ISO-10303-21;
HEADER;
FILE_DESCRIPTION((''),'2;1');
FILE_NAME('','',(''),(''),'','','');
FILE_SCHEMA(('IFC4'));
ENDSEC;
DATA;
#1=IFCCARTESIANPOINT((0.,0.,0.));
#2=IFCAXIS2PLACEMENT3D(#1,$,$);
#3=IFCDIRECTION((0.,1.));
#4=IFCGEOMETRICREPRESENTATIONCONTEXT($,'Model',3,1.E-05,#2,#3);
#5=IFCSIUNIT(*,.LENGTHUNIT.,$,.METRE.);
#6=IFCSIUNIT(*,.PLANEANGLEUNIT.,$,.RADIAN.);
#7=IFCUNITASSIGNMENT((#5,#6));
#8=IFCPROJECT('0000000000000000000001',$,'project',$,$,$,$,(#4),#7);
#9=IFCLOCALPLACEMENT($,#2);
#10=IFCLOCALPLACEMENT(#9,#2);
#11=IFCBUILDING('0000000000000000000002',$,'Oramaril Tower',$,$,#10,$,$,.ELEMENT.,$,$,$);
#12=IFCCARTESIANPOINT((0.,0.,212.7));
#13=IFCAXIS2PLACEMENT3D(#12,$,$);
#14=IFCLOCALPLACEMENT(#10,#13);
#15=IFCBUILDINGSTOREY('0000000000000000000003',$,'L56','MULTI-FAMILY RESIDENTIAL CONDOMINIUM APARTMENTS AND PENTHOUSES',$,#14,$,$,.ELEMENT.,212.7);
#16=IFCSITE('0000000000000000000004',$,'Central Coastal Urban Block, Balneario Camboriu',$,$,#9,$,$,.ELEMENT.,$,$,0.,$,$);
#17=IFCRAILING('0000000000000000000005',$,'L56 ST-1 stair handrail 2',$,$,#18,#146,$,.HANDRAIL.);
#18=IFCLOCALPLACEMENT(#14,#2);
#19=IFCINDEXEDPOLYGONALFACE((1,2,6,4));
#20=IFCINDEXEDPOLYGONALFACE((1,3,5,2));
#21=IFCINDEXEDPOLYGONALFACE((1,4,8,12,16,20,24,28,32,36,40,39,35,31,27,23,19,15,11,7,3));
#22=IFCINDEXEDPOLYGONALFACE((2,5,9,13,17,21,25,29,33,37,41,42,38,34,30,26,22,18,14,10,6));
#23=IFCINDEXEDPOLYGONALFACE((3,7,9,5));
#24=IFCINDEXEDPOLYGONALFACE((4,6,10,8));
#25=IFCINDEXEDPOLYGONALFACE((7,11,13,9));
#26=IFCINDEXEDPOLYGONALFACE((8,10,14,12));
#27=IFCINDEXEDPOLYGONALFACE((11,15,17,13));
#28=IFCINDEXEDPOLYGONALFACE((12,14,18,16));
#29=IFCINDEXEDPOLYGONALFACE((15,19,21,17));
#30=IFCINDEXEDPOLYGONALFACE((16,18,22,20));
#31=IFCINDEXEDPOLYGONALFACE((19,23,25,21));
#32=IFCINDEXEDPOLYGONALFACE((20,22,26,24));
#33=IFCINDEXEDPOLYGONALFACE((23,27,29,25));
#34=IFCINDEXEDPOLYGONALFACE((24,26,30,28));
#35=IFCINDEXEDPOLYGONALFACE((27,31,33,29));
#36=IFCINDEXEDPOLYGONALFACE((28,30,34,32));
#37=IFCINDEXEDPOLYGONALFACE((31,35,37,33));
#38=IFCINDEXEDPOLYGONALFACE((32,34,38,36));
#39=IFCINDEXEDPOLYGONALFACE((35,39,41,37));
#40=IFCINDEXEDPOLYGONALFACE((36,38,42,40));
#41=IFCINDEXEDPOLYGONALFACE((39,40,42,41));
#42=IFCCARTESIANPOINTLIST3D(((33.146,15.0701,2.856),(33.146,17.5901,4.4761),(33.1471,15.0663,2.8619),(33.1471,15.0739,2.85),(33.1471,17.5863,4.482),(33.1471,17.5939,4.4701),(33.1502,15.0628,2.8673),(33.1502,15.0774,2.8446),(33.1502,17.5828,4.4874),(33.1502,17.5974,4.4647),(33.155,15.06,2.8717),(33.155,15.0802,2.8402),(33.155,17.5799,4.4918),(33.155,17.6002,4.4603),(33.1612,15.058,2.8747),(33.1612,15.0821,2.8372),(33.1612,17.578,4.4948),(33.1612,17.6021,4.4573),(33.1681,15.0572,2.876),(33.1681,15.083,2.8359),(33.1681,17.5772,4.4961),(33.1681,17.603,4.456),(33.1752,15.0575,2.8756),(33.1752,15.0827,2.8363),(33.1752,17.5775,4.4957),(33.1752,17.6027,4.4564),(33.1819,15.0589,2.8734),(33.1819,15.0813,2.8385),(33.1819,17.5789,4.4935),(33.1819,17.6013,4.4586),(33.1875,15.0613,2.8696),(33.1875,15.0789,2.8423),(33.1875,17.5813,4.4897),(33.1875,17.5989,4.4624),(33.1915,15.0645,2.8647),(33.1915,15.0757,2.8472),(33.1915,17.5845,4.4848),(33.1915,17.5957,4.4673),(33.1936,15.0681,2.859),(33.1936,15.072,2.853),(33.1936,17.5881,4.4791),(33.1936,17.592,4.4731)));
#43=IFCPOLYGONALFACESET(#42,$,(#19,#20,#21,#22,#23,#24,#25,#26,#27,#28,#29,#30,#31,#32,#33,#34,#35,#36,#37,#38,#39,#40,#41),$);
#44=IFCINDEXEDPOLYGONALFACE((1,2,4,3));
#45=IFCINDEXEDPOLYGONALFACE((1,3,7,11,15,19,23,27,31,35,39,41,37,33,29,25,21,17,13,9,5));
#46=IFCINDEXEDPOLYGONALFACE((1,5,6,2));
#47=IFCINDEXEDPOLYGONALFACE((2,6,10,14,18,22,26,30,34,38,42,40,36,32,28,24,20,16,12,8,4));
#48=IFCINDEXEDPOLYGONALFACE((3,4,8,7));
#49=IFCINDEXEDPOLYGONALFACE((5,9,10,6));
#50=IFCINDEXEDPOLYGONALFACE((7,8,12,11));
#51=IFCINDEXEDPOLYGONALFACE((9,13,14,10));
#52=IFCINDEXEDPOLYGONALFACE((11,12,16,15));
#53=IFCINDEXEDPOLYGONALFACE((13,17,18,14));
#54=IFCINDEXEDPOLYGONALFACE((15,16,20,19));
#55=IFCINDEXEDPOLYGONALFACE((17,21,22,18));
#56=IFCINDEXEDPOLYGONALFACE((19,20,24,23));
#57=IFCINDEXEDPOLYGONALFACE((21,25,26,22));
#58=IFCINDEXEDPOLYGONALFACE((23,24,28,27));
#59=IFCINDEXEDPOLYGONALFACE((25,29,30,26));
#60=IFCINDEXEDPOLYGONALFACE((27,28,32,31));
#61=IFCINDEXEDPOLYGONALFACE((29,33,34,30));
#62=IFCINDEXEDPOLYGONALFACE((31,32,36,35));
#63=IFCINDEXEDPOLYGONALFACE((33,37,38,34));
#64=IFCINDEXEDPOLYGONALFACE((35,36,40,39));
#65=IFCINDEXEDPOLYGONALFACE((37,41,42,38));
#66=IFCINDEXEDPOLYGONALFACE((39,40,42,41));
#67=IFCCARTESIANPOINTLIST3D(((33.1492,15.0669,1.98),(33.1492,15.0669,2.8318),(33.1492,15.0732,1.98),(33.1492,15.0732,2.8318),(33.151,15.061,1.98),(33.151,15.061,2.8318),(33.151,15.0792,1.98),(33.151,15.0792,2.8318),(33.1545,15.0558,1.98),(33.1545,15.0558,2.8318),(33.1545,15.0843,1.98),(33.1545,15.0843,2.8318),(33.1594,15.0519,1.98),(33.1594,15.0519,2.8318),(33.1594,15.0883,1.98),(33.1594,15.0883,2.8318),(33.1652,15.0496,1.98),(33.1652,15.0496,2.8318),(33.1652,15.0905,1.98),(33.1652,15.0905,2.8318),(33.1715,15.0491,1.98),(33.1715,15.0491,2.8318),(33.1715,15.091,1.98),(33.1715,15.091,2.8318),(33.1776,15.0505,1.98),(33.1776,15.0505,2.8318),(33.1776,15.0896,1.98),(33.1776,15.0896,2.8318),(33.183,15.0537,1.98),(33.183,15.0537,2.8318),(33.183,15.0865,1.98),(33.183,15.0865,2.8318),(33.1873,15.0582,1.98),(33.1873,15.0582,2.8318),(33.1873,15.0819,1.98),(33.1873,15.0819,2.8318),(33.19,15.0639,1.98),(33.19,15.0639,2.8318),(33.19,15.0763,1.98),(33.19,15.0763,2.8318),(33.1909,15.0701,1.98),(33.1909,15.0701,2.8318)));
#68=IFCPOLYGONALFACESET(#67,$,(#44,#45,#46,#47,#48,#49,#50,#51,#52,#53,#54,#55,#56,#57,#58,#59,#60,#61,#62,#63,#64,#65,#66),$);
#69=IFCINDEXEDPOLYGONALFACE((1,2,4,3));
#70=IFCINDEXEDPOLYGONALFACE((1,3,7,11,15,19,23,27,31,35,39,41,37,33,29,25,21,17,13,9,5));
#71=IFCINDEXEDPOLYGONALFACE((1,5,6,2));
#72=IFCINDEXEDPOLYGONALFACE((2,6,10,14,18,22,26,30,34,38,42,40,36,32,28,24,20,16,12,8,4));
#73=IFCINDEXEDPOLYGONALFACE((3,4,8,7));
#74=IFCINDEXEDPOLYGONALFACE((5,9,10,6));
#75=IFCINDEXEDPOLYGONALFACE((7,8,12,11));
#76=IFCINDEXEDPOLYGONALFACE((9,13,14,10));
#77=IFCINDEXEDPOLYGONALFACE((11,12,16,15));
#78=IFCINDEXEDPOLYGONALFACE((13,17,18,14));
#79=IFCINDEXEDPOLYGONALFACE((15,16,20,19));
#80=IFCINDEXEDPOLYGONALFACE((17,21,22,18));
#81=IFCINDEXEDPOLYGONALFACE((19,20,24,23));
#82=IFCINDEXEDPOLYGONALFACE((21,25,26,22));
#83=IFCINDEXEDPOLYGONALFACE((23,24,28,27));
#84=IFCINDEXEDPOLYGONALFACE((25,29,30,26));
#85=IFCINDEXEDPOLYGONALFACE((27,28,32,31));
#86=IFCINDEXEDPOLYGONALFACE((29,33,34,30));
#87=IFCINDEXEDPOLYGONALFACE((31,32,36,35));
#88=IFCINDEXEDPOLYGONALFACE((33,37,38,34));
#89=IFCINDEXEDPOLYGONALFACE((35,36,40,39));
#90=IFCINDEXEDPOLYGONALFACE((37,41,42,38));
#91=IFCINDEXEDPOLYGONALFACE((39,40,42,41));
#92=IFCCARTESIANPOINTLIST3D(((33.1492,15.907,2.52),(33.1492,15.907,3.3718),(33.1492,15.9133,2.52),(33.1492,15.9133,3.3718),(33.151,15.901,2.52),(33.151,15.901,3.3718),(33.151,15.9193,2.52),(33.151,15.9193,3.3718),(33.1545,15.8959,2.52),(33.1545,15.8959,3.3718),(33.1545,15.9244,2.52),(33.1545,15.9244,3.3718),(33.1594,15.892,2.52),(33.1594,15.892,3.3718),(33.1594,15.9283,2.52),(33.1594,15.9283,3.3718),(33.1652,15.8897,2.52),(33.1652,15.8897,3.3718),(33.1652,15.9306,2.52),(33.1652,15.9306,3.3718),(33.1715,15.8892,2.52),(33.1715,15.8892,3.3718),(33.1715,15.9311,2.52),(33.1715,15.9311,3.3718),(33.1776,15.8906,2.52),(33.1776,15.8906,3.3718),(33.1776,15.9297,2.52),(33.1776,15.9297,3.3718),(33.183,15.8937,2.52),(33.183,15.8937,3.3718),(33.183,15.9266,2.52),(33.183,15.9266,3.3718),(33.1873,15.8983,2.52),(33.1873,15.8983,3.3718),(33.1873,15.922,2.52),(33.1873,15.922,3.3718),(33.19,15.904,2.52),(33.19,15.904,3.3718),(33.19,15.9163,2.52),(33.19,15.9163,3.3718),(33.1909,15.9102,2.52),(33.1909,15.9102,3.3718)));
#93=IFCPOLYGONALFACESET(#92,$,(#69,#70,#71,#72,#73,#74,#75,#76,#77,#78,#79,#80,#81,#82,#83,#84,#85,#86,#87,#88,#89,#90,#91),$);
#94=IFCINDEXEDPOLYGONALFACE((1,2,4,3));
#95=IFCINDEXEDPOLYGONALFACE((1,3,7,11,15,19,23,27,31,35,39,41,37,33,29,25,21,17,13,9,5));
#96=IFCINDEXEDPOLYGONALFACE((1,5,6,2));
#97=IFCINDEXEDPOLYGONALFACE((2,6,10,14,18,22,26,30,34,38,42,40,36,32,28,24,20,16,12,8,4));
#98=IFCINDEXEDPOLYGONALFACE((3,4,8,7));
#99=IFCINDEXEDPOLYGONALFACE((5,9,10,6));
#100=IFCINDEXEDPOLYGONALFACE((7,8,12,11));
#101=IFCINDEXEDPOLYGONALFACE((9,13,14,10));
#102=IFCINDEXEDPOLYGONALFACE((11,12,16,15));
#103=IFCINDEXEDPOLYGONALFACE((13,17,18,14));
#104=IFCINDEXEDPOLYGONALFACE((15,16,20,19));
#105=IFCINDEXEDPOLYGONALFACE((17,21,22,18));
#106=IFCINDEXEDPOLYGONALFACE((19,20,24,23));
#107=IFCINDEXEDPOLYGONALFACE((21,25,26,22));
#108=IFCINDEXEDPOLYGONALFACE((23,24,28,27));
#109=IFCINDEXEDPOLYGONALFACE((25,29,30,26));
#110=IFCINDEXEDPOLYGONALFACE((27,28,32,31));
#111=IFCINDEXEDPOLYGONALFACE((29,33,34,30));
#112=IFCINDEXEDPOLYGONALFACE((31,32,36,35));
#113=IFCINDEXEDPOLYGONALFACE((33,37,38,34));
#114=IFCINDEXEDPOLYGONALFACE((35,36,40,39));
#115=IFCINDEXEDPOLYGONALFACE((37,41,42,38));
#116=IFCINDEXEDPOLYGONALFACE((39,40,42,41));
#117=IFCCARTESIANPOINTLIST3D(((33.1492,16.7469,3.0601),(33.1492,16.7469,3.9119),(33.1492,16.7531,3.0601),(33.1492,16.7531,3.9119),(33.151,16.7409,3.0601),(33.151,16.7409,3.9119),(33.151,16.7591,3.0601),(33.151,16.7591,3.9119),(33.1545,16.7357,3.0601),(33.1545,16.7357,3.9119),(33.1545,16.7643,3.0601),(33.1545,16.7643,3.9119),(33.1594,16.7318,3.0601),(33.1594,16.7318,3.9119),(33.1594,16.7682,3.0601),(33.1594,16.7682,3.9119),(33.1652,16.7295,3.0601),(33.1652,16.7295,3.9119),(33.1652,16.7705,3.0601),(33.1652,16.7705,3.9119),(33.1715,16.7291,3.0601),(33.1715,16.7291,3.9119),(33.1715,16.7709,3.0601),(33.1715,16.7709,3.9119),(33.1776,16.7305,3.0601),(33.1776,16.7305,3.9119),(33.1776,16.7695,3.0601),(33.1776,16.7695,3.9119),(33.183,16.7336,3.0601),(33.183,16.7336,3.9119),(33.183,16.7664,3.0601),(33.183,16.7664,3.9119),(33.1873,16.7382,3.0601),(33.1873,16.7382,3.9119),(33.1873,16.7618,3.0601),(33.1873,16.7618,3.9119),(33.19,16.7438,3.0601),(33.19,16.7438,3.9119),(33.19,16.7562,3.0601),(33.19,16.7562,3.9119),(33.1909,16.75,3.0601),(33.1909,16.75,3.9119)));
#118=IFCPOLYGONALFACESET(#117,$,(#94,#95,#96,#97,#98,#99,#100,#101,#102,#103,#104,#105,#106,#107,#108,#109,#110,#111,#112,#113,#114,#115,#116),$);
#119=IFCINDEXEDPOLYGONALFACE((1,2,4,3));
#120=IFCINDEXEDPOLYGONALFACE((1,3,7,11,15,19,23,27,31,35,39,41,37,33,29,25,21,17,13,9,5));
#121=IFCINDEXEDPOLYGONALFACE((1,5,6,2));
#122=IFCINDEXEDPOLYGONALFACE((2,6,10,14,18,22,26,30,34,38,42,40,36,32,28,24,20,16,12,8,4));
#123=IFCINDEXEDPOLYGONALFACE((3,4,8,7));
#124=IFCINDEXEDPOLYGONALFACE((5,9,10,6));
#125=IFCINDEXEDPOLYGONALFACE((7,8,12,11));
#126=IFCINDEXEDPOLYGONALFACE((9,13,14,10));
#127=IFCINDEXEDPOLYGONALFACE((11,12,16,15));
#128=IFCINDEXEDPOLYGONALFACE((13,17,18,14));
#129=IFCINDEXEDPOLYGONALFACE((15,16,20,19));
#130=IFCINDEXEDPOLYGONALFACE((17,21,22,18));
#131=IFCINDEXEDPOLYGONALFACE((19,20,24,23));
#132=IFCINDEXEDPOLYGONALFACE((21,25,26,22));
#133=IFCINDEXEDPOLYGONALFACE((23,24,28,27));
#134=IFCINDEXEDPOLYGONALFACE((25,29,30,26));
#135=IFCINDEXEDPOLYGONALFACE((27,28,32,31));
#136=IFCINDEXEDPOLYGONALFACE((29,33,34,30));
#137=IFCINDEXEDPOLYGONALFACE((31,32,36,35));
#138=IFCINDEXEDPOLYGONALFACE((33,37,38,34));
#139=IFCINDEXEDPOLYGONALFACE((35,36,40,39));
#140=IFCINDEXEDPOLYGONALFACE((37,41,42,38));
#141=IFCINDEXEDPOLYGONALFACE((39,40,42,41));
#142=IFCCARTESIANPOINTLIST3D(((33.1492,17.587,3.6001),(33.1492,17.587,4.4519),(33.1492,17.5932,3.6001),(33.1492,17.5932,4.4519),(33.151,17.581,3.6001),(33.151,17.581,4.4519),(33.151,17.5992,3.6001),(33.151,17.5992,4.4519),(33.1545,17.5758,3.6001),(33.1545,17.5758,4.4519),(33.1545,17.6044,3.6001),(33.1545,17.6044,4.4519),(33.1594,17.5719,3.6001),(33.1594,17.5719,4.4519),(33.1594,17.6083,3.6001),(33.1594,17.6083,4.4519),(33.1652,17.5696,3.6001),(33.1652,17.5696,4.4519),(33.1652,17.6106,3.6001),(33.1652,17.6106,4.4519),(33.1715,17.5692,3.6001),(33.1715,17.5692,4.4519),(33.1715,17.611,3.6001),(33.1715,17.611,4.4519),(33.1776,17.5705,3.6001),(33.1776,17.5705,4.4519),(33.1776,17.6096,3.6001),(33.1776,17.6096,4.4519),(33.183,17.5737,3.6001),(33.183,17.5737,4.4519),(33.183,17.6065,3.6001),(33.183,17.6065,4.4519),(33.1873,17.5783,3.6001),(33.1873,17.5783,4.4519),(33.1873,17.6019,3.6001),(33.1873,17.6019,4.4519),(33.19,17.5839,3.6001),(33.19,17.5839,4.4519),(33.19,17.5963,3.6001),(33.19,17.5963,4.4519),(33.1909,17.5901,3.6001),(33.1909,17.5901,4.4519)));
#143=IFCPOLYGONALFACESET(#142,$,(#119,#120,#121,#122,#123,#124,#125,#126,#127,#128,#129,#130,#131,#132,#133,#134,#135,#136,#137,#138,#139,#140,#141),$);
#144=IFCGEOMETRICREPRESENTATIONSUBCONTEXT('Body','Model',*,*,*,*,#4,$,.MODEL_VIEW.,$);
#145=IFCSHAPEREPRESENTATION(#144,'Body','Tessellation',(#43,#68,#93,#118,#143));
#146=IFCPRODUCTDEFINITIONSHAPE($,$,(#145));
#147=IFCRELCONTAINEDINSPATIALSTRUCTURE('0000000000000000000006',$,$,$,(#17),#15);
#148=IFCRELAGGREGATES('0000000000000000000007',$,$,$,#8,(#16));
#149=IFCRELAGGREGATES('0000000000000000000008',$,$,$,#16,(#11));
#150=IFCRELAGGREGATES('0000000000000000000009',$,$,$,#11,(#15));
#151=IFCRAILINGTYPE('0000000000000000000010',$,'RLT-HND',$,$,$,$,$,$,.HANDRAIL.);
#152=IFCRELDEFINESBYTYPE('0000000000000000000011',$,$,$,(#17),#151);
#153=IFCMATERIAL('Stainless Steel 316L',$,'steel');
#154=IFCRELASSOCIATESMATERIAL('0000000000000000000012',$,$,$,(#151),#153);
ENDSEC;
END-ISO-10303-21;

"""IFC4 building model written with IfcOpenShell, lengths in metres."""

from ifc_helpers import new_model, si_unit, direction, frame, origin, origin_2d, place, context, subcontext, project, spatial, circle, extrude, material, type_object, element, save


model = new_model("IFC4")

# Units and contexts
model_context = context("Model", 3, precision=1e-05, world=origin(), true_north=direction((0.0, 1.0)))
body_context = subcontext(model_context, "Body", "Model", "MODEL_VIEW")
ifc_project = project(units=[si_unit("LENGTHUNIT", "METRE"), si_unit("PLANEANGLEUNIT", "RADIAN")], contexts=[model_context])

# Site, building, storey
site_placement = place(None, origin())
site = spatial("IfcSite", under=ifc_project, at=site_placement, Name="Central Coastal Urban Block, Balneario Camboriu", CompositionType="ELEMENT", RefElevation=0.0)
building_placement = place(site_placement, origin())
building = spatial("IfcBuilding", under=site, at=building_placement, Name="Oramaril Tower", CompositionType="ELEMENT")
storey_placement = place(building_placement, frame((0.0, 0.0, 212.7)))
storey = spatial("IfcBuildingStorey", under=building, at=storey_placement, Name="L56", Description="MULTI-FAMILY RESIDENTIAL CONDOMINIUM APARTMENTS AND PENTHOUSES", CompositionType="ELEMENT", Elevation=212.7)

# Railing
ifc_material_1 = material(Name="Stainless Steel 316L", Category="steel")
railing_type_1 = type_object("IfcRailingType", Name="RLT-HND", PredefinedType="HANDRAIL", material=ifc_material_1)
railing_1_placement = place(storey_placement, frame((33.1699, 15.0701, 1.98)))
element("IfcRailing", 1, at=railing_1_placement, inside=storey, type_object=railing_type_1, Name="L56 ST-1 stair handrail 2", PredefinedType="HANDRAIL", context=body_context, shape_type="SweptSolid", body=[
    extrude(circle(Radius=0.0239, at=origin_2d()), frame((0.0, 0.0, 0.876), z_axis=(0.0, 0.841163, 0.540782), x_axis=(-1.0, 0.0, 0.0)), (0.0, 0.0, 1.0), 2.9958),
    extrude(circle(Radius=0.021, at=origin_2d()), origin(), (0.0, 0.0, 1.0), 0.8518),
    extrude(circle(Radius=0.021, at=origin_2d()), frame((0.0, 0.8401, 0.54)), (0.0, 0.0, 1.0), 0.8518),
    extrude(circle(Radius=0.021, at=origin_2d()), frame((0.0, 1.6799, 1.0801)), (0.0, 0.0, 1.0), 0.8518),
    extrude(circle(Radius=0.021, at=origin_2d()), frame((0.0, 2.52, 1.6201)), (0.0, 0.0, 1.0), 0.8518),
])

save(model, "model.ifc")
